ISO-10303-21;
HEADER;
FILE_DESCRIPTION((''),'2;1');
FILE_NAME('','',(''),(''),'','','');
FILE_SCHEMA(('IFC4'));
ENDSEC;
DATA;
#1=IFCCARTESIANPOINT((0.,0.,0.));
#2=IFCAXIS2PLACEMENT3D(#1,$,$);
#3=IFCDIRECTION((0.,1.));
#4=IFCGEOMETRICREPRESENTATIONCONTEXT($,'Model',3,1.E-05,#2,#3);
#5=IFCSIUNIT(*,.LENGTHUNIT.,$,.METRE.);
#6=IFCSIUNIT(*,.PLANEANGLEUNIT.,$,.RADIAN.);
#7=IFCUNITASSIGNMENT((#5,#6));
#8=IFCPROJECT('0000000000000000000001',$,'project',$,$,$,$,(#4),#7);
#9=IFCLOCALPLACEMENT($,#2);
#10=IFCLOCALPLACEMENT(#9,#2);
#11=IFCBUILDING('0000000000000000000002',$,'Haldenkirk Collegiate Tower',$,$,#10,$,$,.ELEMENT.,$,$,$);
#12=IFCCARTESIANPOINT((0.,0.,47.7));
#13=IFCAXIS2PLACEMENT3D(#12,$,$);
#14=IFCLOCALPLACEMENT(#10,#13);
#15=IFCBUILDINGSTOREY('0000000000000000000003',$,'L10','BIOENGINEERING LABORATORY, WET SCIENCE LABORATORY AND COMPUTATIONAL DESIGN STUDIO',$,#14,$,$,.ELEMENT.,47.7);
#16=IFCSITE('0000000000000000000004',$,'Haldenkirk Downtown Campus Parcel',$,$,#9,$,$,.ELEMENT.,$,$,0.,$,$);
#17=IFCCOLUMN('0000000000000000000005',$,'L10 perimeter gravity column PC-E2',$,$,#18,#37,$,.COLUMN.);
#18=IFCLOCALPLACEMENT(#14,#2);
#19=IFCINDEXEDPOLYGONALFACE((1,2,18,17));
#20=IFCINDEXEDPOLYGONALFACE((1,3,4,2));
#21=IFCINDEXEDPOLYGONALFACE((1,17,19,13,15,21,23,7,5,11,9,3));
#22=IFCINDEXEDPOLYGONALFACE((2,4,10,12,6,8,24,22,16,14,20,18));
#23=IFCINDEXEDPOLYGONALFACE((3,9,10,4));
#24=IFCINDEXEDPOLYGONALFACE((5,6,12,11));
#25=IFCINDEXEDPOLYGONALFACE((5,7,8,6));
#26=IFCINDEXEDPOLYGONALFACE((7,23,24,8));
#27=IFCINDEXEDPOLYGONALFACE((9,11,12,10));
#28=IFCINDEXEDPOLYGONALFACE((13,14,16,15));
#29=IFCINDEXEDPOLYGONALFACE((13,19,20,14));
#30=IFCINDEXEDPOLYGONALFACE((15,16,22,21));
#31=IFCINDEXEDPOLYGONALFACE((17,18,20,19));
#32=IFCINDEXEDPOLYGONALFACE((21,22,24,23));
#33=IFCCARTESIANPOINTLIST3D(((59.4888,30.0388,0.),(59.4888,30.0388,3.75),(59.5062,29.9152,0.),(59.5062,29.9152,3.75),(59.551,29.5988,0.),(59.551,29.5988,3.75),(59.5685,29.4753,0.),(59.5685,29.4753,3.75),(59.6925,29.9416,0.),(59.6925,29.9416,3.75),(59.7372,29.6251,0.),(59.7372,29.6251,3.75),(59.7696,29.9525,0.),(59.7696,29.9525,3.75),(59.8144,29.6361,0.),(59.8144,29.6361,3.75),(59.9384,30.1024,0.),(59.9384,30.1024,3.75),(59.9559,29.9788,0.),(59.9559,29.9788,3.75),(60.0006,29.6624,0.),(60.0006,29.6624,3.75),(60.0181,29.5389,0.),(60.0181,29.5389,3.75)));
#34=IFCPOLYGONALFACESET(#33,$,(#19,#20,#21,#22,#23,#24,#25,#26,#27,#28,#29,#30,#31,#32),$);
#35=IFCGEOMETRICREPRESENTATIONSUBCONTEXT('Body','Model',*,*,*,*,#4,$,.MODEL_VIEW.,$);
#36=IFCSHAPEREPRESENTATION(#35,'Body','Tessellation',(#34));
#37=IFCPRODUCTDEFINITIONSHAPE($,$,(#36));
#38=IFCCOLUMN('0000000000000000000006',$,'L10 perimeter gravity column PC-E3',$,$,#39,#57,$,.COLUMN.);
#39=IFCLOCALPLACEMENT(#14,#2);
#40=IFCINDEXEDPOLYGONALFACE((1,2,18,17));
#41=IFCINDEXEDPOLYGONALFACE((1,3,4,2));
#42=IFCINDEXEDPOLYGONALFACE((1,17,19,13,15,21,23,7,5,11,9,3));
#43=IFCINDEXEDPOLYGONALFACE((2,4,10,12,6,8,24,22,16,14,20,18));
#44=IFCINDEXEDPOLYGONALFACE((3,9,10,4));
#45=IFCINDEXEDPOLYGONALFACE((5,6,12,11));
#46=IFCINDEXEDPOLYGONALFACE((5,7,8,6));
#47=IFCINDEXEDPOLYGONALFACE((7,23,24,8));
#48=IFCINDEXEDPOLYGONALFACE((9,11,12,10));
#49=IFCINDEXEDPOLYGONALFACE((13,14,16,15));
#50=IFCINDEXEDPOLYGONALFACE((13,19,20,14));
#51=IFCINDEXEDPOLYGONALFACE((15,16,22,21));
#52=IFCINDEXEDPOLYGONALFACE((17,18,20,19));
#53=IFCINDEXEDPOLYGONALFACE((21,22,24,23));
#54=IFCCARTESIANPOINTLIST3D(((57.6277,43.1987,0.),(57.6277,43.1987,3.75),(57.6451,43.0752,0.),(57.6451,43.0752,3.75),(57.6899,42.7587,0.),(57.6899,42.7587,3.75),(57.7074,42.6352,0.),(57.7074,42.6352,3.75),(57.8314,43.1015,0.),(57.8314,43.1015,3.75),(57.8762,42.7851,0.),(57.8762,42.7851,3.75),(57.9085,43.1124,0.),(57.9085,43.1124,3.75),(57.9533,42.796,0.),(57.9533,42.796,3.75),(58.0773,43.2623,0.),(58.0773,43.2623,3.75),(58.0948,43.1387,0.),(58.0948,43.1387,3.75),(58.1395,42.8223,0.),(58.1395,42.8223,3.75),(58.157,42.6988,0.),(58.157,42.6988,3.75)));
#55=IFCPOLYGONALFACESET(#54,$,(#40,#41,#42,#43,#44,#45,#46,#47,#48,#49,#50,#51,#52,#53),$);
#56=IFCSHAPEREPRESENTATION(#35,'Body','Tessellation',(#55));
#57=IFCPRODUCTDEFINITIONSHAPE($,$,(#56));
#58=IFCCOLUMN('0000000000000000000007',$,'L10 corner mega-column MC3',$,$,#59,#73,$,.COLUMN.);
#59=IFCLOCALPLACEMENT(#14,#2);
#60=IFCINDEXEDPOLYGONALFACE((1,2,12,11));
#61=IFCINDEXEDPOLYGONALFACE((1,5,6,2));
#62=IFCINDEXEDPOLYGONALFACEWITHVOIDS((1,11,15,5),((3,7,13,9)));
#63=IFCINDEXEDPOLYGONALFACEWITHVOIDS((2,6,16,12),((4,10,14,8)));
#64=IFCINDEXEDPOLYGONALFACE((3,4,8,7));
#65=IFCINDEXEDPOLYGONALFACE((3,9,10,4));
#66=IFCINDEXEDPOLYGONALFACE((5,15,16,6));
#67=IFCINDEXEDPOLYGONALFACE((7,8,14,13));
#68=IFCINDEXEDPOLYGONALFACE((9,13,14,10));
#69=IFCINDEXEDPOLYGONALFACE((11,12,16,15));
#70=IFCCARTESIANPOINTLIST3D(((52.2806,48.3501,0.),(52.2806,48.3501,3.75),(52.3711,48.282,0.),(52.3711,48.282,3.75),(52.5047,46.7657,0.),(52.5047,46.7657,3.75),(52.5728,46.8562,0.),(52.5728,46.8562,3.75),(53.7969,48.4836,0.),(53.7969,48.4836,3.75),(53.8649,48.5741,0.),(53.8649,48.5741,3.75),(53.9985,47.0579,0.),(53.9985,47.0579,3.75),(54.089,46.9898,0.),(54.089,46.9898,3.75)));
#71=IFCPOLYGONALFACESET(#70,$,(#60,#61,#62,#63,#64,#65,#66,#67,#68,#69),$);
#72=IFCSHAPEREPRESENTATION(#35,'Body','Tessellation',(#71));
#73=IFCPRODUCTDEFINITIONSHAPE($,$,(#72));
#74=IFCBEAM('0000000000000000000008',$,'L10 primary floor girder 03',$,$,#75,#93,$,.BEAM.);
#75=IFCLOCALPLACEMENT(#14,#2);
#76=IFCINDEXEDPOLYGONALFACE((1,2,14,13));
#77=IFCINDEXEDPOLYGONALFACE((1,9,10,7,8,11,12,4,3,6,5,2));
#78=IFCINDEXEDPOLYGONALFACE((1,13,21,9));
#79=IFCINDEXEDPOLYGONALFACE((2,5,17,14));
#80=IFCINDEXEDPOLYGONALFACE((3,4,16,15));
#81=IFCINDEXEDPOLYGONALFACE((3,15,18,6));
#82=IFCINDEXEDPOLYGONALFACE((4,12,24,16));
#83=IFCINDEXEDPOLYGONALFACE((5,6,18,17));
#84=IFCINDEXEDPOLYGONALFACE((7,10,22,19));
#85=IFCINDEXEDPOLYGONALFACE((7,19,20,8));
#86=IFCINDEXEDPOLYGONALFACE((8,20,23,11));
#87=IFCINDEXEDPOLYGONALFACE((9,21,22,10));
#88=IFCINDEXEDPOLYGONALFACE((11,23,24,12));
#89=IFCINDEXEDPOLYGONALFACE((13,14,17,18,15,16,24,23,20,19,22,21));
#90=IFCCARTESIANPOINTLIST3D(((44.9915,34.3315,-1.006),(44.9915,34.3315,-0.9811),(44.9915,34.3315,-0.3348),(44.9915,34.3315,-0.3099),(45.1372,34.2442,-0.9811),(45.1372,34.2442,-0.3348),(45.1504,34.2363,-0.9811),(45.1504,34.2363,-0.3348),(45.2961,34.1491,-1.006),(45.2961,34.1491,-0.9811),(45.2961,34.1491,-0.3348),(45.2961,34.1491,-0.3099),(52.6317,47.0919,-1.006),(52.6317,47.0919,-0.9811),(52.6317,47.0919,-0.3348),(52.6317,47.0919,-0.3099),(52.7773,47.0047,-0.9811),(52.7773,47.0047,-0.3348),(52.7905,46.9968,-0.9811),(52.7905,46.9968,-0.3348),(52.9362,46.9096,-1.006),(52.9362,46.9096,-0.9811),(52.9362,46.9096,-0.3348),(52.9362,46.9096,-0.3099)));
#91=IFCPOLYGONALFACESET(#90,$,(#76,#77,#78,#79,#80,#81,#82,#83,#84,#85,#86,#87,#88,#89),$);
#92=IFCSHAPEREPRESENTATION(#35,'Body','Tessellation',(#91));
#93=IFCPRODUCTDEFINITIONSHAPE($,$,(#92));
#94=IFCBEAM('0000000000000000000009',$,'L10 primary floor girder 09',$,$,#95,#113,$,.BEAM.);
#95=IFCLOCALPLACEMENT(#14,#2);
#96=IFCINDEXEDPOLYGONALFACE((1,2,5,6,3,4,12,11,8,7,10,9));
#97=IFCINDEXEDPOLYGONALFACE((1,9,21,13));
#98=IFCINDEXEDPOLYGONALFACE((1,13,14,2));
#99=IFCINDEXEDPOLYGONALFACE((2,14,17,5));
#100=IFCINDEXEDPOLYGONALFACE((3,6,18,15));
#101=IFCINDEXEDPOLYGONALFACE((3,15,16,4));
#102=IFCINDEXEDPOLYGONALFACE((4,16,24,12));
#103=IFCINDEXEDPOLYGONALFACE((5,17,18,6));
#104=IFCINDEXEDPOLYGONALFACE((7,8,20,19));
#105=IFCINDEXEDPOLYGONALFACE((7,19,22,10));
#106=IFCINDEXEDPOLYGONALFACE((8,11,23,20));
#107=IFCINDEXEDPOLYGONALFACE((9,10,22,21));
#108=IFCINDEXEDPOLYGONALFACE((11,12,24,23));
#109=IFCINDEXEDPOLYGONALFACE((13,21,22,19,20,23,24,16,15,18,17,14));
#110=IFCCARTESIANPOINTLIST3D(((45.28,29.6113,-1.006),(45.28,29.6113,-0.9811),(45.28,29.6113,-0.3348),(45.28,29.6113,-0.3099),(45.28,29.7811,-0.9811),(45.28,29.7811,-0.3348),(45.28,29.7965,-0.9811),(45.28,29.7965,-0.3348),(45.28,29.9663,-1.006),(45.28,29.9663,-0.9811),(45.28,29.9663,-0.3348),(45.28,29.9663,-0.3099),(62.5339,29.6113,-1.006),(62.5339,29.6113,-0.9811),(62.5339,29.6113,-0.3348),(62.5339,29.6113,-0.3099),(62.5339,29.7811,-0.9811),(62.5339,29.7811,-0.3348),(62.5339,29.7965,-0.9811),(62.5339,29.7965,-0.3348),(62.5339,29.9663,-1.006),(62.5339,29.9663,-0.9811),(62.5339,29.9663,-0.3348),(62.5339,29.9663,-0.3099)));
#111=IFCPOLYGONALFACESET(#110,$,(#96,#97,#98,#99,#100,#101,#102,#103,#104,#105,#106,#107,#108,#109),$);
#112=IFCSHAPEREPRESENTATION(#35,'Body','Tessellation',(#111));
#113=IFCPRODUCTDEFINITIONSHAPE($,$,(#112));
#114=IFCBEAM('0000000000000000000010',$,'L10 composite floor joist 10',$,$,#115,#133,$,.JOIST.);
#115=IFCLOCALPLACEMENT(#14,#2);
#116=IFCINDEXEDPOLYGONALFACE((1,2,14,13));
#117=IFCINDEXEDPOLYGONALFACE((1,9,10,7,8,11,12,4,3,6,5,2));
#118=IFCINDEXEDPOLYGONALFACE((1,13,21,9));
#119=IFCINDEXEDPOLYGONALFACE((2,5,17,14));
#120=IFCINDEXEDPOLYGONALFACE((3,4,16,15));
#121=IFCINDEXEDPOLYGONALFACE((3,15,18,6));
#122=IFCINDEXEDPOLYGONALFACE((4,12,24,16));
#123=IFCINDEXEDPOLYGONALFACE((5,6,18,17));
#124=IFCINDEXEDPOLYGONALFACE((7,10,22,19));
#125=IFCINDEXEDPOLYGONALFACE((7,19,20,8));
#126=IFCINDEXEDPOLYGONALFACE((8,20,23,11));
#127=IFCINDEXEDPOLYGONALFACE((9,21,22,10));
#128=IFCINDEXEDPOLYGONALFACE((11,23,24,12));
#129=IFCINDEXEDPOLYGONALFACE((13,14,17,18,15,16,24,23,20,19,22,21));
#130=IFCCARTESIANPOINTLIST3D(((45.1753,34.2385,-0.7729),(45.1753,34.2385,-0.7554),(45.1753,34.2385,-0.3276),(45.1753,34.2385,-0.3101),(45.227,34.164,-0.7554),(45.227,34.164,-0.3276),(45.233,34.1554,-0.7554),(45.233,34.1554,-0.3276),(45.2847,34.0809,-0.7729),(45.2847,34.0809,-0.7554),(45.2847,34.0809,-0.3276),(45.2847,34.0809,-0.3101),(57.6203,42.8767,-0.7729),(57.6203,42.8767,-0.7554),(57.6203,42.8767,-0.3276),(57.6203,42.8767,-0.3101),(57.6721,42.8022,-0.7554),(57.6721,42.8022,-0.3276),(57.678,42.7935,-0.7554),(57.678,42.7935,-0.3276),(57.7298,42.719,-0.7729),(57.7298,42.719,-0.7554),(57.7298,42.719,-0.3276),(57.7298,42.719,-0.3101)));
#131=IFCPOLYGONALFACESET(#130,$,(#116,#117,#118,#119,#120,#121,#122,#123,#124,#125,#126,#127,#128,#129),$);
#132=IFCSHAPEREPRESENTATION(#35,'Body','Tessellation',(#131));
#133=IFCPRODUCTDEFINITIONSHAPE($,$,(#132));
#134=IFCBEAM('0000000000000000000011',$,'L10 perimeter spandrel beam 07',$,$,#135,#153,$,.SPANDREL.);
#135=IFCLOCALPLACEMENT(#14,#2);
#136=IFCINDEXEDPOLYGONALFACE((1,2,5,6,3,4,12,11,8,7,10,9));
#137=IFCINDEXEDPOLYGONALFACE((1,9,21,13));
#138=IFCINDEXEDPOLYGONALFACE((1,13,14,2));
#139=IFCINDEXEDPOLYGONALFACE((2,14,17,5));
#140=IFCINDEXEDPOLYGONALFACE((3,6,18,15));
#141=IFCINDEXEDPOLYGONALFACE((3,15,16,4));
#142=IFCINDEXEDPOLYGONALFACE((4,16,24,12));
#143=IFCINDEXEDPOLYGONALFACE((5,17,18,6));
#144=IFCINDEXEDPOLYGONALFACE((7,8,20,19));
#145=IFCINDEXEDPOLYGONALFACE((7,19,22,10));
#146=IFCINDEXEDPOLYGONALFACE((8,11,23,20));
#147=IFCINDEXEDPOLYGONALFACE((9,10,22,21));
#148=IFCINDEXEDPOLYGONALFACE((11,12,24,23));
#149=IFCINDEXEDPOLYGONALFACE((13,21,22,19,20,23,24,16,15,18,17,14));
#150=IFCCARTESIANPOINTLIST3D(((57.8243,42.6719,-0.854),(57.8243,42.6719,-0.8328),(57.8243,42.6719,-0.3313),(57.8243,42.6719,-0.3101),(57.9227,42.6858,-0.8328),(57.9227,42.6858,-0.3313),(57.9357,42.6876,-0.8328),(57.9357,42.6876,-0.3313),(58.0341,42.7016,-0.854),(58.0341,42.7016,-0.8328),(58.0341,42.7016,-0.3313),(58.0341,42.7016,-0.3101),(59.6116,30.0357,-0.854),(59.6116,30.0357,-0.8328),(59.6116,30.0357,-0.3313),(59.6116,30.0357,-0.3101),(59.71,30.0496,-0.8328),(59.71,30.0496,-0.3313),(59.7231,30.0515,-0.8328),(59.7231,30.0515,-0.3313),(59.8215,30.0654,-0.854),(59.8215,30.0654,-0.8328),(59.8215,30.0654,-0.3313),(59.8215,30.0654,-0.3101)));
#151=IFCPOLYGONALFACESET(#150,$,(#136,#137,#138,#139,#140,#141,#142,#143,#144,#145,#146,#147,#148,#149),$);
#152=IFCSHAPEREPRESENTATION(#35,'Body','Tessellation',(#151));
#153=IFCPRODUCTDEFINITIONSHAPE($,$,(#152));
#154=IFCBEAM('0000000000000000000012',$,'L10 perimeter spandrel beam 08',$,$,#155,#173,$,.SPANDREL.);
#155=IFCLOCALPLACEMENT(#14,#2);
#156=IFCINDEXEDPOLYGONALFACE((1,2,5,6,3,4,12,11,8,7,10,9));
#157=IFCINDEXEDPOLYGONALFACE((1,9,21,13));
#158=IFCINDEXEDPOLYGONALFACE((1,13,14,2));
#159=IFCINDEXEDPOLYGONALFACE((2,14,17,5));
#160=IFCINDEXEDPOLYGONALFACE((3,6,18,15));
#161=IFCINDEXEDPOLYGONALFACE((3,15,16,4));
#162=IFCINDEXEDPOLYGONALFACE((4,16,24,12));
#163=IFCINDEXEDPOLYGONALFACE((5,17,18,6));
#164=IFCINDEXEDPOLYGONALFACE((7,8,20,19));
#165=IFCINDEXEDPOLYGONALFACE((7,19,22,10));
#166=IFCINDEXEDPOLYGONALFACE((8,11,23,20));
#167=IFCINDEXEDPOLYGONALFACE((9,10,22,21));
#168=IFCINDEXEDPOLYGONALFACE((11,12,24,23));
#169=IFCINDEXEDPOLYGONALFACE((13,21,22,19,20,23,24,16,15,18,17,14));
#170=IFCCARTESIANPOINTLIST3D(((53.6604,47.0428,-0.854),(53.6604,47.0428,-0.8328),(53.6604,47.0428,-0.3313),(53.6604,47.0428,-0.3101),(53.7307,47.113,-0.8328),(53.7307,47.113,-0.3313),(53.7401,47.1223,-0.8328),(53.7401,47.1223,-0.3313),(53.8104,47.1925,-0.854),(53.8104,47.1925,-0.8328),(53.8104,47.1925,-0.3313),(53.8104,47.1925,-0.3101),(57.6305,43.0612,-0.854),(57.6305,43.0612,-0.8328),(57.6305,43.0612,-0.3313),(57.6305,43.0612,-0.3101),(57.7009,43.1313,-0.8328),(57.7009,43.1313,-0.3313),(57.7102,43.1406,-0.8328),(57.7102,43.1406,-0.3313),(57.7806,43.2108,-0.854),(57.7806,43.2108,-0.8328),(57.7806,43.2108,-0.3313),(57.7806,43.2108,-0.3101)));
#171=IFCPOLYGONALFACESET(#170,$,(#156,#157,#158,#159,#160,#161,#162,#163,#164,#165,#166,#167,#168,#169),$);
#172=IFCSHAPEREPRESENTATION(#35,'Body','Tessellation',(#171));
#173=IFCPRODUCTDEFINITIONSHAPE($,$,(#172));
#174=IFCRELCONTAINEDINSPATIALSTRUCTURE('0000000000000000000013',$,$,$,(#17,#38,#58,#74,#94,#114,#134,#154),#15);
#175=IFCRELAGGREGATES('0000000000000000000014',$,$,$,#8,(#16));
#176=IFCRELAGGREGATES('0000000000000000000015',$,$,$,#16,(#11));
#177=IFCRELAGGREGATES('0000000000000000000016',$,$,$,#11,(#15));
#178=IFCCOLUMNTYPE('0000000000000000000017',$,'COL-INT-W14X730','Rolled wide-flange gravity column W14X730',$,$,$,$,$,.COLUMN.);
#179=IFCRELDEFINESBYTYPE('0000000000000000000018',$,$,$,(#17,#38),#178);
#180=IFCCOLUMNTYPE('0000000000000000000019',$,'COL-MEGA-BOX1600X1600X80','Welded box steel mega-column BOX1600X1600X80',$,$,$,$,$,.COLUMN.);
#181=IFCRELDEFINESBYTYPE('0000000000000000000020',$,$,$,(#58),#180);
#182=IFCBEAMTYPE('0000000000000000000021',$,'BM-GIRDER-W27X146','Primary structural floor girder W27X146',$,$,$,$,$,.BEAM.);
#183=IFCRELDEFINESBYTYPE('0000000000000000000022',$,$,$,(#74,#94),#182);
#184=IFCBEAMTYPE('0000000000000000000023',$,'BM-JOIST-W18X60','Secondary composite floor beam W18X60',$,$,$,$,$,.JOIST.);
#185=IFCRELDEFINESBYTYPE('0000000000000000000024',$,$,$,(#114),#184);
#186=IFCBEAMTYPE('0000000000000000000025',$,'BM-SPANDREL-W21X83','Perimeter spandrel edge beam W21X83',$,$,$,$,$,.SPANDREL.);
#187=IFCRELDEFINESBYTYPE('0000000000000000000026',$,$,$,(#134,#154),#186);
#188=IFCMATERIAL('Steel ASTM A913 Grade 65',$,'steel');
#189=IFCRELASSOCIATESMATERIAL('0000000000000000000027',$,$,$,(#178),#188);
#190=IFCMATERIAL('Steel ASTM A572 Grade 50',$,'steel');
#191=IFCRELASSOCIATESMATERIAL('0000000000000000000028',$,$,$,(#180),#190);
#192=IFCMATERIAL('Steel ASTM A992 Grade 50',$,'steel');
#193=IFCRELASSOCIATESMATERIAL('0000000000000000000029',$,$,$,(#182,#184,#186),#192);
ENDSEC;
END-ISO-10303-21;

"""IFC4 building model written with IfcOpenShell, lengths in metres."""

from ifc_helpers import new_model, si_unit, direction, frame, origin, origin_2d, place, context, subcontext, project, spatial, hollow_rectangle, i_section, extrude, material, material_profile, profile_set, type_object, element, save


model = new_model("IFC4")

# Units and contexts
model_context = context("Model", 3, precision=1e-05, world=origin(), true_north=direction((0.0, 1.0)))
body_context = subcontext(model_context, "Body", "Model", "MODEL_VIEW")
ifc_project = project(units=[si_unit("LENGTHUNIT", "METRE"), si_unit("PLANEANGLEUNIT", "RADIAN")], contexts=[model_context])

# Site, building, storey
site_placement = place(None, origin())
site = spatial("IfcSite", under=ifc_project, at=site_placement, Name="Haldenkirk Downtown Campus Parcel", CompositionType="ELEMENT", RefElevation=0.0)
building_placement = place(site_placement, origin())
building = spatial("IfcBuilding", under=site, at=building_placement, Name="Haldenkirk Collegiate Tower", CompositionType="ELEMENT")
storey_placement = place(building_placement, frame((0.0, 0.0, 47.7)))
storey = spatial("IfcBuildingStorey", under=building, at=storey_placement, Name="L10", Description="BIOENGINEERING LABORATORY, WET SCIENCE LABORATORY AND COMPUTATIONAL DESIGN STUDIO", CompositionType="ELEMENT", Elevation=47.7)

# Columns
ifc_material_1 = material(Name="Steel ASTM A913 Grade 65", Category="steel")
ifc_material_profile_1 = material_profile(ifc_material_1, i_section(OverallWidth=0.4541, OverallDepth=0.5691, WebThickness=0.0779, FlangeThickness=0.1248, at=origin_2d()), Name="W14X730")
ifc_profile_set_1 = profile_set([ifc_material_profile_1], Name="Steel ASTM A913 Grade 65")
column_type_1 = type_object("IfcColumnType", Name="COL-INT-W14X730", Description="Rolled wide-flange gravity column W14X730", PredefinedType="COLUMN", material=ifc_profile_set_1)
for number, where, z_axis, x_axis, name in (
    (1, (59.7534, 29.7888, 0.0), (0.0, 0.0, 1.0), (0.990146, 0.140037, 0.0), "L10 perimeter gravity column PC-E2"),
    (2, (57.8923, 42.9487, 0.0), (0.0, 0.0, 1.0), (0.990146, 0.140037, 0.0), "L10 perimeter gravity column PC-E3"),
):
    element("IfcColumn", number, at=place(storey_placement, frame(where, z_axis=z_axis, x_axis=x_axis)), inside=storey, type_object=column_type_1, Name=name, PredefinedType="COLUMN", context=body_context, shape_type="SweptSolid", body=[
        extrude(i_section(OverallWidth=0.4541, OverallDepth=0.5691, WebThickness=0.0779, FlangeThickness=0.1248, at=origin_2d()), origin(), (0.0, 0.0, 1.0), 3.75),
    ])
ifc_material_2 = material(Name="Steel ASTM A572 Grade 50", Category="steel")
ifc_material_profile_2 = material_profile(ifc_material_2, hollow_rectangle(XDim=1.6001, YDim=1.6001, WallThickness=0.0801, at=origin_2d()), Name="BOX1600X1600X80")
ifc_profile_set_2 = profile_set([ifc_material_profile_2], Name="Steel ASTM A572 Grade 50")
column_type_2 = type_object("IfcColumnType", Name="COL-MEGA-BOX1600X1600X80", Description="Welded box steel mega-column BOX1600X1600X80", PredefinedType="COLUMN", material=ifc_profile_set_2)
column_placement = place(storey_placement, frame((53.1848, 47.6699, 0.0), z_axis=(0.0, 0.0, 1.0), x_axis=(0.990146, 0.140037, 0.0)))
element("IfcColumn", 3, at=column_placement, inside=storey, type_object=column_type_2, Name="L10 corner mega-column MC3", PredefinedType="COLUMN", context=body_context, shape_type="SweptSolid", body=[
    extrude(hollow_rectangle(XDim=1.6001, YDim=1.6001, WallThickness=0.0801, at=origin_2d()), origin(), (0.0, 0.0, 1.0), 3.75),
])

# Beams
ifc_material_3 = material(Name="Steel ASTM A992 Grade 50", Category="steel")
ifc_material_profile_3 = material_profile(ifc_material_3, i_section(OverallWidth=0.355, OverallDepth=0.696, WebThickness=0.0154, FlangeThickness=0.0249, at=origin_2d()), Name="W27X146")
ifc_profile_set_3 = profile_set([ifc_material_profile_3], Name="Steel ASTM A992 Grade 50")
beam_type_1 = type_object("IfcBeamType", Name="BM-GIRDER-W27X146", Description="Primary structural floor girder W27X146", PredefinedType="BEAM", material=ifc_profile_set_3)
beam_1_placement = place(storey_placement, frame((52.7839, 47.0007, -0.658), z_axis=(-0.513696, -0.857972, 0.0), x_axis=(0.857972, -0.513696, 0.0)))
element("IfcBeam", 4, at=beam_1_placement, inside=storey, type_object=beam_type_1, Name="L10 primary floor girder 03", PredefinedType="BEAM", context=body_context, shape_type="SweptSolid", body=[
    extrude(i_section(OverallWidth=0.355, OverallDepth=0.696, WebThickness=0.0154, FlangeThickness=0.0249, at=origin_2d()), origin(), (0.0, 0.0, 1.0), 14.8728),
])
beam_2_placement = place(storey_placement, frame((62.5339, 29.7888, -0.658), z_axis=(-1.0, 0.0, 0.0), x_axis=(0.0, -1.0, 0.0)))
element("IfcBeam", 5, at=beam_2_placement, inside=storey, type_object=beam_type_1, Name="L10 primary floor girder 09", PredefinedType="BEAM", context=body_context, shape_type="SweptSolid", body=[
    extrude(i_section(OverallWidth=0.355, OverallDepth=0.696, WebThickness=0.0154, FlangeThickness=0.0249, at=origin_2d()), origin(), (0.0, 0.0, 1.0), 17.2539),
])
ifc_material_profile_4 = material_profile(ifc_material_3, i_section(OverallWidth=0.1919, OverallDepth=0.4629, WebThickness=0.0105, FlangeThickness=0.0176, at=origin_2d()), Name="W18X60")
ifc_profile_set_4 = profile_set([ifc_material_profile_4], Name="Steel ASTM A992 Grade 50")
beam_type_2 = type_object("IfcBeamType", Name="BM-JOIST-W18X60", Description="Secondary composite floor beam W18X60", PredefinedType="JOIST", material=ifc_profile_set_4)
beam_3_placement = place(storey_placement, frame((57.675, 42.7979, -0.5415), z_axis=(-0.821501, -0.570208, 0.0), x_axis=(0.570208, -0.821501, 0.0)))
element("IfcBeam", 6, at=beam_3_placement, inside=storey, type_object=beam_type_2, Name="L10 composite floor joist 10", PredefinedType="JOIST", context=body_context, shape_type="SweptSolid", body=[
    extrude(i_section(OverallWidth=0.1919, OverallDepth=0.4629, WebThickness=0.0105, FlangeThickness=0.0176, at=origin_2d()), origin(), (0.0, 0.0, 1.0), 15.1492),
])
ifc_material_profile_5 = material_profile(ifc_material_3, i_section(OverallWidth=0.2119, OverallDepth=0.5439, WebThickness=0.0132, FlangeThickness=0.0212, at=origin_2d()), Name="W21X83")
ifc_profile_set_5 = profile_set([ifc_material_profile_5], Name="Steel ASTM A992 Grade 50")
beam_type_3 = type_object("IfcBeamType", Name="BM-SPANDREL-W21X83", Description="Perimeter spandrel edge beam W21X83", PredefinedType="SPANDREL", material=ifc_profile_set_5)
beam_4_placement = place(storey_placement, frame((59.7166, 30.0505, -0.582), z_axis=(-0.140053, 0.990144, 0.0), x_axis=(-0.990144, -0.140053, 0.0)))
element("IfcBeam", 7, at=beam_4_placement, inside=storey, type_object=beam_type_3, Name="L10 perimeter spandrel beam 07", PredefinedType="SPANDREL", context=body_context, shape_type="SweptSolid", body=[
    extrude(i_section(OverallWidth=0.2119, OverallDepth=0.5439, WebThickness=0.0132, FlangeThickness=0.0212, at=origin_2d()), origin(), (0.0, 0.0, 1.0), 12.762),
])
beam_5_placement = place(storey_placement, frame((57.7056, 43.136, -0.582), z_axis=(-0.706086, 0.708126, 0.0), x_axis=(-0.708126, -0.706086, 0.0)))
element("IfcBeam", 8, at=beam_5_placement, inside=storey, type_object=beam_type_3, Name="L10 perimeter spandrel beam 08", PredefinedType="SPANDREL", context=body_context, shape_type="SweptSolid", body=[
    extrude(i_section(OverallWidth=0.2119, OverallDepth=0.5439, WebThickness=0.0132, FlangeThickness=0.0212, at=origin_2d()), origin(), (0.0, 0.0, 1.0), 5.6228),
])

save(model, "model.ifc")
